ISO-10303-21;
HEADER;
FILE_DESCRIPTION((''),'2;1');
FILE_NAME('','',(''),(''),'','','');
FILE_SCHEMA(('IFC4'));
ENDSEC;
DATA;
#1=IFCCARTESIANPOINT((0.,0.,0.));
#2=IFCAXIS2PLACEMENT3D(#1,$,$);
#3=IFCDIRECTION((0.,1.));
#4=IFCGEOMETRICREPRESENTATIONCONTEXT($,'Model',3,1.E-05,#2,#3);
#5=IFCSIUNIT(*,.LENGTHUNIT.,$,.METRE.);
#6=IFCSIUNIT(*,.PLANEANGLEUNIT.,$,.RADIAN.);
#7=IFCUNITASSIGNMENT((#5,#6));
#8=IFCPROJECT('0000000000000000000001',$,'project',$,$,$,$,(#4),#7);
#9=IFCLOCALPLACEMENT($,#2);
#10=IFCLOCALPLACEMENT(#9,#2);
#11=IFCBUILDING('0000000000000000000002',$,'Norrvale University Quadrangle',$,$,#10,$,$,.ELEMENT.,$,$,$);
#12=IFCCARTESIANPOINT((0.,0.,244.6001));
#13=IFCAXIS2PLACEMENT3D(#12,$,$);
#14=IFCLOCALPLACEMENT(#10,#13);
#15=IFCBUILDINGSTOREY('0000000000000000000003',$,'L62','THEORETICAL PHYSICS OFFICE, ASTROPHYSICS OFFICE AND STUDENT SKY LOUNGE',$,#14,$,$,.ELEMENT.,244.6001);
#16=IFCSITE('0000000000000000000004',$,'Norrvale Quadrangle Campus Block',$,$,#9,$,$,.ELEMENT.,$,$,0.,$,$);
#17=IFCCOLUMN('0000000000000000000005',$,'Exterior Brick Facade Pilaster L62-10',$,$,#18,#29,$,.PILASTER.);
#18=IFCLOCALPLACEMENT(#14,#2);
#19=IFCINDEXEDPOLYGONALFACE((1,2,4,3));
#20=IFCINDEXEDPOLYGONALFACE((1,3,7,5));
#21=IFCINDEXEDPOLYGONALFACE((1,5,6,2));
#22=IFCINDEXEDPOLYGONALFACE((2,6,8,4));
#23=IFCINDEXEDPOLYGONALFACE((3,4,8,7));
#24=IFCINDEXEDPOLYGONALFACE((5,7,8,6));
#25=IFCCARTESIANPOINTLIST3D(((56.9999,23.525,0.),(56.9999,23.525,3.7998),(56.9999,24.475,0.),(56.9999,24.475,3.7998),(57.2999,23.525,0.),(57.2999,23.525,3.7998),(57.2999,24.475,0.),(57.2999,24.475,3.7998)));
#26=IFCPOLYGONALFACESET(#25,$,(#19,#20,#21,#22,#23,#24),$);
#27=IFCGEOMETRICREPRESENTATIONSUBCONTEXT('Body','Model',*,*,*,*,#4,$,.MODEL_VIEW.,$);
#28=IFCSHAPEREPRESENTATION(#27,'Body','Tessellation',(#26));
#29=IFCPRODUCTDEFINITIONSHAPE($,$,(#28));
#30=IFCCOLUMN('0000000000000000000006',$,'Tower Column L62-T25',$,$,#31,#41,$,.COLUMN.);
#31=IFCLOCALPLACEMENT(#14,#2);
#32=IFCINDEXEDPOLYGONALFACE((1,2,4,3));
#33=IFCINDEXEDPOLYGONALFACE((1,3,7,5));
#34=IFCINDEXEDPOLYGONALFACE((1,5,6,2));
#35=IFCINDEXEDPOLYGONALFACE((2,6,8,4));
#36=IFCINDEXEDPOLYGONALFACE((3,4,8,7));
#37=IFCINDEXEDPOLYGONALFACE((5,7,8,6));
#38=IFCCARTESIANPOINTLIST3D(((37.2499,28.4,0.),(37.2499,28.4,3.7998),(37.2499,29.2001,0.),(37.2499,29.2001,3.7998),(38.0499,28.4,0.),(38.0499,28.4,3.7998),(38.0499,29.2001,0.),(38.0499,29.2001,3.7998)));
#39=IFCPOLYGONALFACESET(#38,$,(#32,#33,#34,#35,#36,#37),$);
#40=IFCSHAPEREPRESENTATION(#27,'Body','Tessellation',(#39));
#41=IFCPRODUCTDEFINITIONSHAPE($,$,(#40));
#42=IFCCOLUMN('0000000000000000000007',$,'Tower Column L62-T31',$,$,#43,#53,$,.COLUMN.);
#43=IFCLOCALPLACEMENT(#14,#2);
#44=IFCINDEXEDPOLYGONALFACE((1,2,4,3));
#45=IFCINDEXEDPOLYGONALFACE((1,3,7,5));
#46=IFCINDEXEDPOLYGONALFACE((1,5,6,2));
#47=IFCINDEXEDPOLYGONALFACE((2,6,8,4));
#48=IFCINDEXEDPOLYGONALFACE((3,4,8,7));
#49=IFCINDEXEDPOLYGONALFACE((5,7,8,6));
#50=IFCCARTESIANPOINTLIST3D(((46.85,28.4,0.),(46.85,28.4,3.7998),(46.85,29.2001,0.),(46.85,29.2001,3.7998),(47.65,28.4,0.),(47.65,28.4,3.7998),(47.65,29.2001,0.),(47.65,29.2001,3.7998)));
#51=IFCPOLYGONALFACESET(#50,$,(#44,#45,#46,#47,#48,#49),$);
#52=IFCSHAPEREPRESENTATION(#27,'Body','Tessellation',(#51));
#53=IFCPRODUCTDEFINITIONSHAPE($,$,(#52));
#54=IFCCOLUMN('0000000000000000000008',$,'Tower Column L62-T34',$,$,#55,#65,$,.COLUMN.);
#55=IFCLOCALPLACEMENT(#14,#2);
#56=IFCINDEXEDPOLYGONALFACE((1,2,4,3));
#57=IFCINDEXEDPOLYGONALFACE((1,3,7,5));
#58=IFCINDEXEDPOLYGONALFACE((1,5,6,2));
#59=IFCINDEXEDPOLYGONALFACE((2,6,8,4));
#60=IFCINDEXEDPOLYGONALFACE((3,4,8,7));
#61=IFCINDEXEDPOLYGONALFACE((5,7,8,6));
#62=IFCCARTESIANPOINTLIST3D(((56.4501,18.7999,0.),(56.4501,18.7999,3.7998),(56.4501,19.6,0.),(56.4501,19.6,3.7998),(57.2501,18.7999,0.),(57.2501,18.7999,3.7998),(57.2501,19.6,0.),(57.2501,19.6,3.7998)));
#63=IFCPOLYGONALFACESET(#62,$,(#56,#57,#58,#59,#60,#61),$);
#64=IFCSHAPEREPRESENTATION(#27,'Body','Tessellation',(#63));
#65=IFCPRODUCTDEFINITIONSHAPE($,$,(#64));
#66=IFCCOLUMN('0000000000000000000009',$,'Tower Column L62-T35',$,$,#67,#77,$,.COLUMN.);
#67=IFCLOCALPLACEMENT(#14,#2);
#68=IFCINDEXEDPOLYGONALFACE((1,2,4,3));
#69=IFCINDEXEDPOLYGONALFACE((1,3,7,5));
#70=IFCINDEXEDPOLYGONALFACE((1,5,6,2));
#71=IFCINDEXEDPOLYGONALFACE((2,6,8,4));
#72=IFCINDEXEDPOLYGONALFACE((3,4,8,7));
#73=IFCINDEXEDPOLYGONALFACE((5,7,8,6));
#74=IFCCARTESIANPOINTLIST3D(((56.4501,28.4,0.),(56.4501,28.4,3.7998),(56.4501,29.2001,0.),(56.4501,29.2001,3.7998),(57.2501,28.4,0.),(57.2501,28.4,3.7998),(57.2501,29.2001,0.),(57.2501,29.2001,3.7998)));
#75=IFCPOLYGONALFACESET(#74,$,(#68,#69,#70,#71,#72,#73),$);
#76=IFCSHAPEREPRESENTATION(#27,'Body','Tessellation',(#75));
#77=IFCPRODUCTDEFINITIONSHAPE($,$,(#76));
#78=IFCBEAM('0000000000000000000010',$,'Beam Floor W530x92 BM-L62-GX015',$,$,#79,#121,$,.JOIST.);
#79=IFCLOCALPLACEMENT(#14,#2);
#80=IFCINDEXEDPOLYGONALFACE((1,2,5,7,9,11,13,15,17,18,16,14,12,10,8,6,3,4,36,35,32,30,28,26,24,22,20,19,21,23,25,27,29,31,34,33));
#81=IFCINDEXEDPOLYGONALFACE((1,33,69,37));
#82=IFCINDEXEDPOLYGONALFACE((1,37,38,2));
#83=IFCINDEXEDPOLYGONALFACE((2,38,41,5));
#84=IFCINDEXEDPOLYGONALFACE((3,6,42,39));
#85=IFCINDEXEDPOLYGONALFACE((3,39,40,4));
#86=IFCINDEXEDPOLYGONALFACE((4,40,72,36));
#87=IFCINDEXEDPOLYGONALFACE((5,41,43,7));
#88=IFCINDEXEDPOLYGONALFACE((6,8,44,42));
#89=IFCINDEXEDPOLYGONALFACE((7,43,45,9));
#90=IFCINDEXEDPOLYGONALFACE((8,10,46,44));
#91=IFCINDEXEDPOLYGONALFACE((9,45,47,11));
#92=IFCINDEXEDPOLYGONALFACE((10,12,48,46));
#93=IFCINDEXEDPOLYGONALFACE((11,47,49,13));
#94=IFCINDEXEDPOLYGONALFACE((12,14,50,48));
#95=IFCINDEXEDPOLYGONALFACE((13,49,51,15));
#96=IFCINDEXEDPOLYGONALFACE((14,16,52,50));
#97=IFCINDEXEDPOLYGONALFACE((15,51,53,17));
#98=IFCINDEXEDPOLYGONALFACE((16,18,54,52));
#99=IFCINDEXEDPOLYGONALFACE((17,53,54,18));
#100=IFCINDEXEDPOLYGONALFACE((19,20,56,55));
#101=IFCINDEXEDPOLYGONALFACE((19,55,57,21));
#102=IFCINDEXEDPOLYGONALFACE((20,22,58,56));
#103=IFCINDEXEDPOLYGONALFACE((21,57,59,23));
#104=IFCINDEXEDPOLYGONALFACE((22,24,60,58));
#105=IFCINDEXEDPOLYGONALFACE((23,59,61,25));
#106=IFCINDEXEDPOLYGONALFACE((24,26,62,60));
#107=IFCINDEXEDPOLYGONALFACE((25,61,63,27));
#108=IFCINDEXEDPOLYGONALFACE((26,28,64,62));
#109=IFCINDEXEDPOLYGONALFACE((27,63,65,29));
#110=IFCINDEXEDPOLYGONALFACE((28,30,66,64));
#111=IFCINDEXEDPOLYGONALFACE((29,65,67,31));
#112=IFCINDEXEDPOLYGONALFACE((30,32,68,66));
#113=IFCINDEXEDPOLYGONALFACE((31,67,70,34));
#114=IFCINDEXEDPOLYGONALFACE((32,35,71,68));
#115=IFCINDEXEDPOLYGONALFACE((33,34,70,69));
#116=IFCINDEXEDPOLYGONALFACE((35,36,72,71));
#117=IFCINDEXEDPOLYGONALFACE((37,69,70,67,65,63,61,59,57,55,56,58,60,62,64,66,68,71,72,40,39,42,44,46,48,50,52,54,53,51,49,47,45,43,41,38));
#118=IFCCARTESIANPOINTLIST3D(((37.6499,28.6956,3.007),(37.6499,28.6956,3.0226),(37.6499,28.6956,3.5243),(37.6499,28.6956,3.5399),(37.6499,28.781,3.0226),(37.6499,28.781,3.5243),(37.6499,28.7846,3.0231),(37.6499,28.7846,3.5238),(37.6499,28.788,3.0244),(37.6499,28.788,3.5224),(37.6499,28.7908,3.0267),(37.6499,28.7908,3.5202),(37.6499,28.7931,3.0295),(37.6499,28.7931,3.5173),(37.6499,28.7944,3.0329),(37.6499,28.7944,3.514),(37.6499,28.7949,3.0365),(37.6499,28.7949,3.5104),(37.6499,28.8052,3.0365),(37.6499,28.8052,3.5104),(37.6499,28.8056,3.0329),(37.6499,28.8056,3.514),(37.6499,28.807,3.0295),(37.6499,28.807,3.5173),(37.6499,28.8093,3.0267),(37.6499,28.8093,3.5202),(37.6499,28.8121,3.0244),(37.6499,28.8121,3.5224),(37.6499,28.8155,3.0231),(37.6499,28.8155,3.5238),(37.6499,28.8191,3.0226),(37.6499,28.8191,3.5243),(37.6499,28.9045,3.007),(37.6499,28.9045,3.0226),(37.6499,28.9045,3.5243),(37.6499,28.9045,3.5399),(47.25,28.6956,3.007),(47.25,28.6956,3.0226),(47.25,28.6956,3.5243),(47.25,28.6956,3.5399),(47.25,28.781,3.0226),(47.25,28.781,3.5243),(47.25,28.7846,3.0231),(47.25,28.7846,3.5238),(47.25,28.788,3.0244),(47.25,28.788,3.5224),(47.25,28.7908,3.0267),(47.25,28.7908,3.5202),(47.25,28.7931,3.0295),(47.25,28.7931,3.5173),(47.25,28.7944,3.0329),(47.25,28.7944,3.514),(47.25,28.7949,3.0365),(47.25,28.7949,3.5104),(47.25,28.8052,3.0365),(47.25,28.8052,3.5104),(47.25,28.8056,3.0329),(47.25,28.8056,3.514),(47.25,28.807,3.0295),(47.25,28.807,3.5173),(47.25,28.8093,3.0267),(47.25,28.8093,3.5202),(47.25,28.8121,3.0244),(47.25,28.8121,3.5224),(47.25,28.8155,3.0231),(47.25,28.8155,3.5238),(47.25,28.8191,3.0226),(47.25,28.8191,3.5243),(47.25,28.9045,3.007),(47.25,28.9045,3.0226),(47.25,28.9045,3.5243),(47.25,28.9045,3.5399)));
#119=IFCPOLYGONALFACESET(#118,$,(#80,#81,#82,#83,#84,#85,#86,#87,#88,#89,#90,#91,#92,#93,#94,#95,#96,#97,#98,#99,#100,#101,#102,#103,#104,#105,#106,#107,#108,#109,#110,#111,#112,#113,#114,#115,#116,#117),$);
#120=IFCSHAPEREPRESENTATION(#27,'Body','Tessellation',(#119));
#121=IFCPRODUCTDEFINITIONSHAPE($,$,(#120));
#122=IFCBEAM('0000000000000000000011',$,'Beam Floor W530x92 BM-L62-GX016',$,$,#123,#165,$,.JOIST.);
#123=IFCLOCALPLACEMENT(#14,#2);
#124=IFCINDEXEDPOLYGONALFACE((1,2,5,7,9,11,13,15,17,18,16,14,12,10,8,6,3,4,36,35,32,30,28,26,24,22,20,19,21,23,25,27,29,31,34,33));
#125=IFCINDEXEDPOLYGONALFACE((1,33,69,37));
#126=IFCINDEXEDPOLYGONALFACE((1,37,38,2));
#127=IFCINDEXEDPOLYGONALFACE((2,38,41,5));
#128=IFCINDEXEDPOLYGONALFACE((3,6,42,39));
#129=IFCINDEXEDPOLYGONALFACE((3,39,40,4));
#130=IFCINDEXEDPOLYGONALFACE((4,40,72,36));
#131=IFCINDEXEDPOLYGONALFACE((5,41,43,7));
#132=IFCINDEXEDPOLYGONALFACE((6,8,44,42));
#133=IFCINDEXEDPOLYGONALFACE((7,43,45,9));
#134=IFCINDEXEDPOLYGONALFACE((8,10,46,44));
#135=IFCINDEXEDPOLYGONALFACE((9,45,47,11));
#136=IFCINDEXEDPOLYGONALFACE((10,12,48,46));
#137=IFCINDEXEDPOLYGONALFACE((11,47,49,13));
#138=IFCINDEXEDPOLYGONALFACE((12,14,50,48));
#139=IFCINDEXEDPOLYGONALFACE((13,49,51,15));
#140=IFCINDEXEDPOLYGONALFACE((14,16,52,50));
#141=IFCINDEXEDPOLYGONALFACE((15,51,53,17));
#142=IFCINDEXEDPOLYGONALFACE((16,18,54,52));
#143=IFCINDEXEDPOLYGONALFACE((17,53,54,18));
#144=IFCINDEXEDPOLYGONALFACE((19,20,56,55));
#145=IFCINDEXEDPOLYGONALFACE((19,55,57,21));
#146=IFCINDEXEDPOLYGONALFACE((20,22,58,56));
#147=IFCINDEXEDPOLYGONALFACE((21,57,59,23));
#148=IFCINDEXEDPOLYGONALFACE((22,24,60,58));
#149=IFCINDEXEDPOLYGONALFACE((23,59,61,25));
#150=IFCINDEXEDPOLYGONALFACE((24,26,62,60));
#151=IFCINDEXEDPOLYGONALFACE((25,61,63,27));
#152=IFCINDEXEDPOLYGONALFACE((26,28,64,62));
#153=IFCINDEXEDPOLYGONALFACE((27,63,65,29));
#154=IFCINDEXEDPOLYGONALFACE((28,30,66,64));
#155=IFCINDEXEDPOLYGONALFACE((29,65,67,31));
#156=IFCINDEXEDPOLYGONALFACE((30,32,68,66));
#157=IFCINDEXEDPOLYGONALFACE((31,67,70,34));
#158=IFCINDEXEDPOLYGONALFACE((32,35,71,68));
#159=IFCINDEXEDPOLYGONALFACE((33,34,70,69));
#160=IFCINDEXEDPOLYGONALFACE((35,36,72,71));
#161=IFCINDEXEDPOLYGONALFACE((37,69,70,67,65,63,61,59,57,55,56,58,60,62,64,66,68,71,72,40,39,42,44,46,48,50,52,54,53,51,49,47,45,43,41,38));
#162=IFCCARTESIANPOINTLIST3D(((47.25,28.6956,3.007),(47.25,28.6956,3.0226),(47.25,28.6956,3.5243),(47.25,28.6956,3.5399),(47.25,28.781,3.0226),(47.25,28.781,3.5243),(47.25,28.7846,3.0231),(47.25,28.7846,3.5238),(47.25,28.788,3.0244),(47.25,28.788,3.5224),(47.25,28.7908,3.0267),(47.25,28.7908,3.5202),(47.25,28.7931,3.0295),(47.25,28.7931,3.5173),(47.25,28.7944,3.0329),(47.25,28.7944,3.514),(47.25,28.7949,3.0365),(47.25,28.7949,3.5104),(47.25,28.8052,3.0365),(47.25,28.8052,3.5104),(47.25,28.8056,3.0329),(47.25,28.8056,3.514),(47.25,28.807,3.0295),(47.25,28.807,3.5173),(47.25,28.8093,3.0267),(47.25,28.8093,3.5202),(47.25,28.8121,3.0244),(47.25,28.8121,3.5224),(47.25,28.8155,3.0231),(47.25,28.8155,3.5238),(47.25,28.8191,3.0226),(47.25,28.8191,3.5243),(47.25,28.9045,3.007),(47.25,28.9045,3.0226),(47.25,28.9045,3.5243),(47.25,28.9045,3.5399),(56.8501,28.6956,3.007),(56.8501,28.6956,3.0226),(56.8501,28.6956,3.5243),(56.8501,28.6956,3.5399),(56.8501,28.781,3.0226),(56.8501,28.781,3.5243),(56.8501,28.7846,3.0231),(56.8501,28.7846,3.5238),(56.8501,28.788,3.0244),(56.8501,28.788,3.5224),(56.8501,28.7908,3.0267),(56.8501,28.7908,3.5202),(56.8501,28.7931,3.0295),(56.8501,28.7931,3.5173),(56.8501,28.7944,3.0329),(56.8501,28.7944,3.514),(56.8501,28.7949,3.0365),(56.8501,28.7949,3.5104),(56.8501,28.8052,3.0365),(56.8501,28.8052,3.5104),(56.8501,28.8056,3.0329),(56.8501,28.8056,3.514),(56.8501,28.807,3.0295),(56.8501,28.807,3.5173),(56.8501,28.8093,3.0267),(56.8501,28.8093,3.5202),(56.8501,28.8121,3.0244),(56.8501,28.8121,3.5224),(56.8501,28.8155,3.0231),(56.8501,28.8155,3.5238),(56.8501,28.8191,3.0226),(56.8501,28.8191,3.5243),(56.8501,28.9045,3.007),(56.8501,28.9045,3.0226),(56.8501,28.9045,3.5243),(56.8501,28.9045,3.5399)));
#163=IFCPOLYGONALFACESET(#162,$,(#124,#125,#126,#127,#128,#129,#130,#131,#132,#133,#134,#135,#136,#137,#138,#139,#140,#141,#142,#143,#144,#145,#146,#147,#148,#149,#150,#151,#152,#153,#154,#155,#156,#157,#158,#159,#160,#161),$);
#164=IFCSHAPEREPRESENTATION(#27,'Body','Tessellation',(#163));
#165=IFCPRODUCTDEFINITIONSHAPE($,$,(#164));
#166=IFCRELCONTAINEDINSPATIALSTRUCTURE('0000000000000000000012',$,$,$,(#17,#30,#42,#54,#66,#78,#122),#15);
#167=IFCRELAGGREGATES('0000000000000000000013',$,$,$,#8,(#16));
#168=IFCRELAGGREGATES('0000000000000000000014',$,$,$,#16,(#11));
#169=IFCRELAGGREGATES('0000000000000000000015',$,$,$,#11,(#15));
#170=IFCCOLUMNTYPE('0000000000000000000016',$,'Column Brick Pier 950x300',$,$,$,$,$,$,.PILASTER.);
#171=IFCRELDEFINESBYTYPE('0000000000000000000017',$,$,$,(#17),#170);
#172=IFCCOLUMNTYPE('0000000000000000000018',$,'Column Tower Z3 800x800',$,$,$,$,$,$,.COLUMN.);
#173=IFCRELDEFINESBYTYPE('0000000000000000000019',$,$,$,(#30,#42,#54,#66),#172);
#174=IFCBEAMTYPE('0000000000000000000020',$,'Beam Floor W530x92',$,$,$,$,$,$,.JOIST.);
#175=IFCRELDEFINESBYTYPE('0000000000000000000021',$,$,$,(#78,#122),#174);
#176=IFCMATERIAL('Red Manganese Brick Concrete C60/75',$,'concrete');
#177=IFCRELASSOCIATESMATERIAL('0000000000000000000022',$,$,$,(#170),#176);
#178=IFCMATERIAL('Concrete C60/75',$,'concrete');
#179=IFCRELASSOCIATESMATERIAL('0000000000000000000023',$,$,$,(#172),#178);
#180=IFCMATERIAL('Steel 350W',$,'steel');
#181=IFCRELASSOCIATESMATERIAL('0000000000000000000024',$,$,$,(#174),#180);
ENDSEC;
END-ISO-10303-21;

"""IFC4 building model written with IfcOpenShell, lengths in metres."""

from ifc_helpers import new_model, si_unit, direction, frame, origin, origin_2d, place, context, subcontext, project, spatial, rectangle, i_section, extrude, material, material_profile, profile_set, type_object, element, save


model = new_model("IFC4")

# Units and contexts
model_context = context("Model", 3, precision=1e-05, world=origin(), true_north=direction((0.0, 1.0)))
body_context = subcontext(model_context, "Body", "Model", "MODEL_VIEW")
ifc_project = project(units=[si_unit("LENGTHUNIT", "METRE"), si_unit("PLANEANGLEUNIT", "RADIAN")], contexts=[model_context])

# Site, building, storey
site_placement = place(None, origin())
site = spatial("IfcSite", under=ifc_project, at=site_placement, Name="Norrvale Quadrangle Campus Block", CompositionType="ELEMENT", RefElevation=0.0)
building_placement = place(site_placement, origin())
building = spatial("IfcBuilding", under=site, at=building_placement, Name="Norrvale University Quadrangle", CompositionType="ELEMENT")
storey_placement = place(building_placement, frame((0.0, 0.0, 244.6001)))
storey = spatial("IfcBuildingStorey", under=building, at=storey_placement, Name="L62", Description="THEORETICAL PHYSICS OFFICE, ASTROPHYSICS OFFICE AND STUDENT SKY LOUNGE", CompositionType="ELEMENT", Elevation=244.6001)

# Columns
ifc_material_1 = material(Name="Red Manganese Brick Concrete C60/75", Category="concrete")
ifc_material_profile_1 = material_profile(ifc_material_1, rectangle(XDim=0.95, YDim=0.3, at=origin_2d()), Name="Red Manganese Brick Concrete C60/75")
ifc_profile_set_1 = profile_set([ifc_material_profile_1], Name="Red Manganese Brick Concrete C60/75")
column_type_1 = type_object("IfcColumnType", Name="Column Brick Pier 950x300", PredefinedType="PILASTER", material=ifc_profile_set_1)
column_placement = place(storey_placement, frame((57.1499, 24.0, 0.0), z_axis=(0.0, 0.0, 1.0), x_axis=(0.0, 1.0, 0.0)))
element("IfcColumn", 1, at=column_placement, inside=storey, type_object=column_type_1, Name="Exterior Brick Facade Pilaster L62-10", PredefinedType="PILASTER", context=body_context, shape_type="SweptSolid", body=[
    extrude(rectangle(XDim=0.95, YDim=0.3, at=origin_2d()), origin(), (0.0, 0.0, 1.0), 3.7998),
])
ifc_material_2 = material(Name="Concrete C60/75", Category="concrete")
ifc_material_profile_2 = material_profile(ifc_material_2, rectangle(XDim=0.8, YDim=0.8, at=origin_2d()), Name="Concrete C60/75")
ifc_profile_set_2 = profile_set([ifc_material_profile_2], Name="Concrete C60/75")
column_type_2 = type_object("IfcColumnType", Name="Column Tower Z3 800x800", PredefinedType="COLUMN", material=ifc_profile_set_2)
for number, where, z_axis, x_axis, name in (
    (2, (37.6499, 28.8, 0.0), (0.0, 0.0, 1.0), (1.0, 0.0, 0.0), "Tower Column L62-T25"),
    (3, (47.25, 28.8, 0.0), (0.0, 0.0, 1.0), (1.0, 0.0, 0.0), "Tower Column L62-T31"),
    (4, (56.8501, 19.2, 0.0), (0.0, 0.0, 1.0), (1.0, 0.0, 0.0), "Tower Column L62-T34"),
    (5, (56.8501, 28.8, 0.0), (0.0, 0.0, 1.0), (1.0, 0.0, 0.0), "Tower Column L62-T35"),
):
    element("IfcColumn", number, at=place(storey_placement, frame(where, z_axis=z_axis, x_axis=x_axis)), inside=storey, type_object=column_type_2, Name=name, PredefinedType="COLUMN", context=body_context, shape_type="SweptSolid", body=[
        extrude(rectangle(XDim=0.8, YDim=0.8, at=origin_2d()), origin(), (0.0, 0.0, 1.0), 3.7998),
    ])

# Beams
ifc_material_3 = material(Name="Steel 350W", Category="steel")
ifc_material_profile_3 = material_profile(ifc_material_3, i_section(OverallWidth=0.209, OverallDepth=0.533, WebThickness=0.0103, FlangeThickness=0.0156, FilletRadius=0.0139, at=origin_2d()), Name="Steel 350W")
ifc_profile_set_3 = profile_set([ifc_material_profile_3], Name="Steel 350W")
beam_type_1 = type_object("IfcBeamType", Name="Beam Floor W530x92", PredefinedType="JOIST", material=ifc_profile_set_3)
for number, where, z_axis, x_axis, name in (
    (6, (37.6499, 28.8, 3.2734), (1.0, 0.0, 0.0), (0.0, 1.0, 0.0), "Beam Floor W530x92 BM-L62-GX015"),
    (7, (47.25, 28.8, 3.2734), (1.0, 0.0, 0.0), (0.0, 1.0, 0.0), "Beam Floor W530x92 BM-L62-GX016"),
):
    element("IfcBeam", number, at=place(storey_placement, frame(where, z_axis=z_axis, x_axis=x_axis)), inside=storey, type_object=beam_type_1, Name=name, PredefinedType="JOIST", context=body_context, shape_type="SweptSolid", body=[
        extrude(i_section(OverallWidth=0.209, OverallDepth=0.533, WebThickness=0.0103, FlangeThickness=0.0156, FilletRadius=0.0139, at=origin_2d()), origin(), (0.0, 0.0, 1.0), 9.6001),
    ])

save(model, "model.ifc")
